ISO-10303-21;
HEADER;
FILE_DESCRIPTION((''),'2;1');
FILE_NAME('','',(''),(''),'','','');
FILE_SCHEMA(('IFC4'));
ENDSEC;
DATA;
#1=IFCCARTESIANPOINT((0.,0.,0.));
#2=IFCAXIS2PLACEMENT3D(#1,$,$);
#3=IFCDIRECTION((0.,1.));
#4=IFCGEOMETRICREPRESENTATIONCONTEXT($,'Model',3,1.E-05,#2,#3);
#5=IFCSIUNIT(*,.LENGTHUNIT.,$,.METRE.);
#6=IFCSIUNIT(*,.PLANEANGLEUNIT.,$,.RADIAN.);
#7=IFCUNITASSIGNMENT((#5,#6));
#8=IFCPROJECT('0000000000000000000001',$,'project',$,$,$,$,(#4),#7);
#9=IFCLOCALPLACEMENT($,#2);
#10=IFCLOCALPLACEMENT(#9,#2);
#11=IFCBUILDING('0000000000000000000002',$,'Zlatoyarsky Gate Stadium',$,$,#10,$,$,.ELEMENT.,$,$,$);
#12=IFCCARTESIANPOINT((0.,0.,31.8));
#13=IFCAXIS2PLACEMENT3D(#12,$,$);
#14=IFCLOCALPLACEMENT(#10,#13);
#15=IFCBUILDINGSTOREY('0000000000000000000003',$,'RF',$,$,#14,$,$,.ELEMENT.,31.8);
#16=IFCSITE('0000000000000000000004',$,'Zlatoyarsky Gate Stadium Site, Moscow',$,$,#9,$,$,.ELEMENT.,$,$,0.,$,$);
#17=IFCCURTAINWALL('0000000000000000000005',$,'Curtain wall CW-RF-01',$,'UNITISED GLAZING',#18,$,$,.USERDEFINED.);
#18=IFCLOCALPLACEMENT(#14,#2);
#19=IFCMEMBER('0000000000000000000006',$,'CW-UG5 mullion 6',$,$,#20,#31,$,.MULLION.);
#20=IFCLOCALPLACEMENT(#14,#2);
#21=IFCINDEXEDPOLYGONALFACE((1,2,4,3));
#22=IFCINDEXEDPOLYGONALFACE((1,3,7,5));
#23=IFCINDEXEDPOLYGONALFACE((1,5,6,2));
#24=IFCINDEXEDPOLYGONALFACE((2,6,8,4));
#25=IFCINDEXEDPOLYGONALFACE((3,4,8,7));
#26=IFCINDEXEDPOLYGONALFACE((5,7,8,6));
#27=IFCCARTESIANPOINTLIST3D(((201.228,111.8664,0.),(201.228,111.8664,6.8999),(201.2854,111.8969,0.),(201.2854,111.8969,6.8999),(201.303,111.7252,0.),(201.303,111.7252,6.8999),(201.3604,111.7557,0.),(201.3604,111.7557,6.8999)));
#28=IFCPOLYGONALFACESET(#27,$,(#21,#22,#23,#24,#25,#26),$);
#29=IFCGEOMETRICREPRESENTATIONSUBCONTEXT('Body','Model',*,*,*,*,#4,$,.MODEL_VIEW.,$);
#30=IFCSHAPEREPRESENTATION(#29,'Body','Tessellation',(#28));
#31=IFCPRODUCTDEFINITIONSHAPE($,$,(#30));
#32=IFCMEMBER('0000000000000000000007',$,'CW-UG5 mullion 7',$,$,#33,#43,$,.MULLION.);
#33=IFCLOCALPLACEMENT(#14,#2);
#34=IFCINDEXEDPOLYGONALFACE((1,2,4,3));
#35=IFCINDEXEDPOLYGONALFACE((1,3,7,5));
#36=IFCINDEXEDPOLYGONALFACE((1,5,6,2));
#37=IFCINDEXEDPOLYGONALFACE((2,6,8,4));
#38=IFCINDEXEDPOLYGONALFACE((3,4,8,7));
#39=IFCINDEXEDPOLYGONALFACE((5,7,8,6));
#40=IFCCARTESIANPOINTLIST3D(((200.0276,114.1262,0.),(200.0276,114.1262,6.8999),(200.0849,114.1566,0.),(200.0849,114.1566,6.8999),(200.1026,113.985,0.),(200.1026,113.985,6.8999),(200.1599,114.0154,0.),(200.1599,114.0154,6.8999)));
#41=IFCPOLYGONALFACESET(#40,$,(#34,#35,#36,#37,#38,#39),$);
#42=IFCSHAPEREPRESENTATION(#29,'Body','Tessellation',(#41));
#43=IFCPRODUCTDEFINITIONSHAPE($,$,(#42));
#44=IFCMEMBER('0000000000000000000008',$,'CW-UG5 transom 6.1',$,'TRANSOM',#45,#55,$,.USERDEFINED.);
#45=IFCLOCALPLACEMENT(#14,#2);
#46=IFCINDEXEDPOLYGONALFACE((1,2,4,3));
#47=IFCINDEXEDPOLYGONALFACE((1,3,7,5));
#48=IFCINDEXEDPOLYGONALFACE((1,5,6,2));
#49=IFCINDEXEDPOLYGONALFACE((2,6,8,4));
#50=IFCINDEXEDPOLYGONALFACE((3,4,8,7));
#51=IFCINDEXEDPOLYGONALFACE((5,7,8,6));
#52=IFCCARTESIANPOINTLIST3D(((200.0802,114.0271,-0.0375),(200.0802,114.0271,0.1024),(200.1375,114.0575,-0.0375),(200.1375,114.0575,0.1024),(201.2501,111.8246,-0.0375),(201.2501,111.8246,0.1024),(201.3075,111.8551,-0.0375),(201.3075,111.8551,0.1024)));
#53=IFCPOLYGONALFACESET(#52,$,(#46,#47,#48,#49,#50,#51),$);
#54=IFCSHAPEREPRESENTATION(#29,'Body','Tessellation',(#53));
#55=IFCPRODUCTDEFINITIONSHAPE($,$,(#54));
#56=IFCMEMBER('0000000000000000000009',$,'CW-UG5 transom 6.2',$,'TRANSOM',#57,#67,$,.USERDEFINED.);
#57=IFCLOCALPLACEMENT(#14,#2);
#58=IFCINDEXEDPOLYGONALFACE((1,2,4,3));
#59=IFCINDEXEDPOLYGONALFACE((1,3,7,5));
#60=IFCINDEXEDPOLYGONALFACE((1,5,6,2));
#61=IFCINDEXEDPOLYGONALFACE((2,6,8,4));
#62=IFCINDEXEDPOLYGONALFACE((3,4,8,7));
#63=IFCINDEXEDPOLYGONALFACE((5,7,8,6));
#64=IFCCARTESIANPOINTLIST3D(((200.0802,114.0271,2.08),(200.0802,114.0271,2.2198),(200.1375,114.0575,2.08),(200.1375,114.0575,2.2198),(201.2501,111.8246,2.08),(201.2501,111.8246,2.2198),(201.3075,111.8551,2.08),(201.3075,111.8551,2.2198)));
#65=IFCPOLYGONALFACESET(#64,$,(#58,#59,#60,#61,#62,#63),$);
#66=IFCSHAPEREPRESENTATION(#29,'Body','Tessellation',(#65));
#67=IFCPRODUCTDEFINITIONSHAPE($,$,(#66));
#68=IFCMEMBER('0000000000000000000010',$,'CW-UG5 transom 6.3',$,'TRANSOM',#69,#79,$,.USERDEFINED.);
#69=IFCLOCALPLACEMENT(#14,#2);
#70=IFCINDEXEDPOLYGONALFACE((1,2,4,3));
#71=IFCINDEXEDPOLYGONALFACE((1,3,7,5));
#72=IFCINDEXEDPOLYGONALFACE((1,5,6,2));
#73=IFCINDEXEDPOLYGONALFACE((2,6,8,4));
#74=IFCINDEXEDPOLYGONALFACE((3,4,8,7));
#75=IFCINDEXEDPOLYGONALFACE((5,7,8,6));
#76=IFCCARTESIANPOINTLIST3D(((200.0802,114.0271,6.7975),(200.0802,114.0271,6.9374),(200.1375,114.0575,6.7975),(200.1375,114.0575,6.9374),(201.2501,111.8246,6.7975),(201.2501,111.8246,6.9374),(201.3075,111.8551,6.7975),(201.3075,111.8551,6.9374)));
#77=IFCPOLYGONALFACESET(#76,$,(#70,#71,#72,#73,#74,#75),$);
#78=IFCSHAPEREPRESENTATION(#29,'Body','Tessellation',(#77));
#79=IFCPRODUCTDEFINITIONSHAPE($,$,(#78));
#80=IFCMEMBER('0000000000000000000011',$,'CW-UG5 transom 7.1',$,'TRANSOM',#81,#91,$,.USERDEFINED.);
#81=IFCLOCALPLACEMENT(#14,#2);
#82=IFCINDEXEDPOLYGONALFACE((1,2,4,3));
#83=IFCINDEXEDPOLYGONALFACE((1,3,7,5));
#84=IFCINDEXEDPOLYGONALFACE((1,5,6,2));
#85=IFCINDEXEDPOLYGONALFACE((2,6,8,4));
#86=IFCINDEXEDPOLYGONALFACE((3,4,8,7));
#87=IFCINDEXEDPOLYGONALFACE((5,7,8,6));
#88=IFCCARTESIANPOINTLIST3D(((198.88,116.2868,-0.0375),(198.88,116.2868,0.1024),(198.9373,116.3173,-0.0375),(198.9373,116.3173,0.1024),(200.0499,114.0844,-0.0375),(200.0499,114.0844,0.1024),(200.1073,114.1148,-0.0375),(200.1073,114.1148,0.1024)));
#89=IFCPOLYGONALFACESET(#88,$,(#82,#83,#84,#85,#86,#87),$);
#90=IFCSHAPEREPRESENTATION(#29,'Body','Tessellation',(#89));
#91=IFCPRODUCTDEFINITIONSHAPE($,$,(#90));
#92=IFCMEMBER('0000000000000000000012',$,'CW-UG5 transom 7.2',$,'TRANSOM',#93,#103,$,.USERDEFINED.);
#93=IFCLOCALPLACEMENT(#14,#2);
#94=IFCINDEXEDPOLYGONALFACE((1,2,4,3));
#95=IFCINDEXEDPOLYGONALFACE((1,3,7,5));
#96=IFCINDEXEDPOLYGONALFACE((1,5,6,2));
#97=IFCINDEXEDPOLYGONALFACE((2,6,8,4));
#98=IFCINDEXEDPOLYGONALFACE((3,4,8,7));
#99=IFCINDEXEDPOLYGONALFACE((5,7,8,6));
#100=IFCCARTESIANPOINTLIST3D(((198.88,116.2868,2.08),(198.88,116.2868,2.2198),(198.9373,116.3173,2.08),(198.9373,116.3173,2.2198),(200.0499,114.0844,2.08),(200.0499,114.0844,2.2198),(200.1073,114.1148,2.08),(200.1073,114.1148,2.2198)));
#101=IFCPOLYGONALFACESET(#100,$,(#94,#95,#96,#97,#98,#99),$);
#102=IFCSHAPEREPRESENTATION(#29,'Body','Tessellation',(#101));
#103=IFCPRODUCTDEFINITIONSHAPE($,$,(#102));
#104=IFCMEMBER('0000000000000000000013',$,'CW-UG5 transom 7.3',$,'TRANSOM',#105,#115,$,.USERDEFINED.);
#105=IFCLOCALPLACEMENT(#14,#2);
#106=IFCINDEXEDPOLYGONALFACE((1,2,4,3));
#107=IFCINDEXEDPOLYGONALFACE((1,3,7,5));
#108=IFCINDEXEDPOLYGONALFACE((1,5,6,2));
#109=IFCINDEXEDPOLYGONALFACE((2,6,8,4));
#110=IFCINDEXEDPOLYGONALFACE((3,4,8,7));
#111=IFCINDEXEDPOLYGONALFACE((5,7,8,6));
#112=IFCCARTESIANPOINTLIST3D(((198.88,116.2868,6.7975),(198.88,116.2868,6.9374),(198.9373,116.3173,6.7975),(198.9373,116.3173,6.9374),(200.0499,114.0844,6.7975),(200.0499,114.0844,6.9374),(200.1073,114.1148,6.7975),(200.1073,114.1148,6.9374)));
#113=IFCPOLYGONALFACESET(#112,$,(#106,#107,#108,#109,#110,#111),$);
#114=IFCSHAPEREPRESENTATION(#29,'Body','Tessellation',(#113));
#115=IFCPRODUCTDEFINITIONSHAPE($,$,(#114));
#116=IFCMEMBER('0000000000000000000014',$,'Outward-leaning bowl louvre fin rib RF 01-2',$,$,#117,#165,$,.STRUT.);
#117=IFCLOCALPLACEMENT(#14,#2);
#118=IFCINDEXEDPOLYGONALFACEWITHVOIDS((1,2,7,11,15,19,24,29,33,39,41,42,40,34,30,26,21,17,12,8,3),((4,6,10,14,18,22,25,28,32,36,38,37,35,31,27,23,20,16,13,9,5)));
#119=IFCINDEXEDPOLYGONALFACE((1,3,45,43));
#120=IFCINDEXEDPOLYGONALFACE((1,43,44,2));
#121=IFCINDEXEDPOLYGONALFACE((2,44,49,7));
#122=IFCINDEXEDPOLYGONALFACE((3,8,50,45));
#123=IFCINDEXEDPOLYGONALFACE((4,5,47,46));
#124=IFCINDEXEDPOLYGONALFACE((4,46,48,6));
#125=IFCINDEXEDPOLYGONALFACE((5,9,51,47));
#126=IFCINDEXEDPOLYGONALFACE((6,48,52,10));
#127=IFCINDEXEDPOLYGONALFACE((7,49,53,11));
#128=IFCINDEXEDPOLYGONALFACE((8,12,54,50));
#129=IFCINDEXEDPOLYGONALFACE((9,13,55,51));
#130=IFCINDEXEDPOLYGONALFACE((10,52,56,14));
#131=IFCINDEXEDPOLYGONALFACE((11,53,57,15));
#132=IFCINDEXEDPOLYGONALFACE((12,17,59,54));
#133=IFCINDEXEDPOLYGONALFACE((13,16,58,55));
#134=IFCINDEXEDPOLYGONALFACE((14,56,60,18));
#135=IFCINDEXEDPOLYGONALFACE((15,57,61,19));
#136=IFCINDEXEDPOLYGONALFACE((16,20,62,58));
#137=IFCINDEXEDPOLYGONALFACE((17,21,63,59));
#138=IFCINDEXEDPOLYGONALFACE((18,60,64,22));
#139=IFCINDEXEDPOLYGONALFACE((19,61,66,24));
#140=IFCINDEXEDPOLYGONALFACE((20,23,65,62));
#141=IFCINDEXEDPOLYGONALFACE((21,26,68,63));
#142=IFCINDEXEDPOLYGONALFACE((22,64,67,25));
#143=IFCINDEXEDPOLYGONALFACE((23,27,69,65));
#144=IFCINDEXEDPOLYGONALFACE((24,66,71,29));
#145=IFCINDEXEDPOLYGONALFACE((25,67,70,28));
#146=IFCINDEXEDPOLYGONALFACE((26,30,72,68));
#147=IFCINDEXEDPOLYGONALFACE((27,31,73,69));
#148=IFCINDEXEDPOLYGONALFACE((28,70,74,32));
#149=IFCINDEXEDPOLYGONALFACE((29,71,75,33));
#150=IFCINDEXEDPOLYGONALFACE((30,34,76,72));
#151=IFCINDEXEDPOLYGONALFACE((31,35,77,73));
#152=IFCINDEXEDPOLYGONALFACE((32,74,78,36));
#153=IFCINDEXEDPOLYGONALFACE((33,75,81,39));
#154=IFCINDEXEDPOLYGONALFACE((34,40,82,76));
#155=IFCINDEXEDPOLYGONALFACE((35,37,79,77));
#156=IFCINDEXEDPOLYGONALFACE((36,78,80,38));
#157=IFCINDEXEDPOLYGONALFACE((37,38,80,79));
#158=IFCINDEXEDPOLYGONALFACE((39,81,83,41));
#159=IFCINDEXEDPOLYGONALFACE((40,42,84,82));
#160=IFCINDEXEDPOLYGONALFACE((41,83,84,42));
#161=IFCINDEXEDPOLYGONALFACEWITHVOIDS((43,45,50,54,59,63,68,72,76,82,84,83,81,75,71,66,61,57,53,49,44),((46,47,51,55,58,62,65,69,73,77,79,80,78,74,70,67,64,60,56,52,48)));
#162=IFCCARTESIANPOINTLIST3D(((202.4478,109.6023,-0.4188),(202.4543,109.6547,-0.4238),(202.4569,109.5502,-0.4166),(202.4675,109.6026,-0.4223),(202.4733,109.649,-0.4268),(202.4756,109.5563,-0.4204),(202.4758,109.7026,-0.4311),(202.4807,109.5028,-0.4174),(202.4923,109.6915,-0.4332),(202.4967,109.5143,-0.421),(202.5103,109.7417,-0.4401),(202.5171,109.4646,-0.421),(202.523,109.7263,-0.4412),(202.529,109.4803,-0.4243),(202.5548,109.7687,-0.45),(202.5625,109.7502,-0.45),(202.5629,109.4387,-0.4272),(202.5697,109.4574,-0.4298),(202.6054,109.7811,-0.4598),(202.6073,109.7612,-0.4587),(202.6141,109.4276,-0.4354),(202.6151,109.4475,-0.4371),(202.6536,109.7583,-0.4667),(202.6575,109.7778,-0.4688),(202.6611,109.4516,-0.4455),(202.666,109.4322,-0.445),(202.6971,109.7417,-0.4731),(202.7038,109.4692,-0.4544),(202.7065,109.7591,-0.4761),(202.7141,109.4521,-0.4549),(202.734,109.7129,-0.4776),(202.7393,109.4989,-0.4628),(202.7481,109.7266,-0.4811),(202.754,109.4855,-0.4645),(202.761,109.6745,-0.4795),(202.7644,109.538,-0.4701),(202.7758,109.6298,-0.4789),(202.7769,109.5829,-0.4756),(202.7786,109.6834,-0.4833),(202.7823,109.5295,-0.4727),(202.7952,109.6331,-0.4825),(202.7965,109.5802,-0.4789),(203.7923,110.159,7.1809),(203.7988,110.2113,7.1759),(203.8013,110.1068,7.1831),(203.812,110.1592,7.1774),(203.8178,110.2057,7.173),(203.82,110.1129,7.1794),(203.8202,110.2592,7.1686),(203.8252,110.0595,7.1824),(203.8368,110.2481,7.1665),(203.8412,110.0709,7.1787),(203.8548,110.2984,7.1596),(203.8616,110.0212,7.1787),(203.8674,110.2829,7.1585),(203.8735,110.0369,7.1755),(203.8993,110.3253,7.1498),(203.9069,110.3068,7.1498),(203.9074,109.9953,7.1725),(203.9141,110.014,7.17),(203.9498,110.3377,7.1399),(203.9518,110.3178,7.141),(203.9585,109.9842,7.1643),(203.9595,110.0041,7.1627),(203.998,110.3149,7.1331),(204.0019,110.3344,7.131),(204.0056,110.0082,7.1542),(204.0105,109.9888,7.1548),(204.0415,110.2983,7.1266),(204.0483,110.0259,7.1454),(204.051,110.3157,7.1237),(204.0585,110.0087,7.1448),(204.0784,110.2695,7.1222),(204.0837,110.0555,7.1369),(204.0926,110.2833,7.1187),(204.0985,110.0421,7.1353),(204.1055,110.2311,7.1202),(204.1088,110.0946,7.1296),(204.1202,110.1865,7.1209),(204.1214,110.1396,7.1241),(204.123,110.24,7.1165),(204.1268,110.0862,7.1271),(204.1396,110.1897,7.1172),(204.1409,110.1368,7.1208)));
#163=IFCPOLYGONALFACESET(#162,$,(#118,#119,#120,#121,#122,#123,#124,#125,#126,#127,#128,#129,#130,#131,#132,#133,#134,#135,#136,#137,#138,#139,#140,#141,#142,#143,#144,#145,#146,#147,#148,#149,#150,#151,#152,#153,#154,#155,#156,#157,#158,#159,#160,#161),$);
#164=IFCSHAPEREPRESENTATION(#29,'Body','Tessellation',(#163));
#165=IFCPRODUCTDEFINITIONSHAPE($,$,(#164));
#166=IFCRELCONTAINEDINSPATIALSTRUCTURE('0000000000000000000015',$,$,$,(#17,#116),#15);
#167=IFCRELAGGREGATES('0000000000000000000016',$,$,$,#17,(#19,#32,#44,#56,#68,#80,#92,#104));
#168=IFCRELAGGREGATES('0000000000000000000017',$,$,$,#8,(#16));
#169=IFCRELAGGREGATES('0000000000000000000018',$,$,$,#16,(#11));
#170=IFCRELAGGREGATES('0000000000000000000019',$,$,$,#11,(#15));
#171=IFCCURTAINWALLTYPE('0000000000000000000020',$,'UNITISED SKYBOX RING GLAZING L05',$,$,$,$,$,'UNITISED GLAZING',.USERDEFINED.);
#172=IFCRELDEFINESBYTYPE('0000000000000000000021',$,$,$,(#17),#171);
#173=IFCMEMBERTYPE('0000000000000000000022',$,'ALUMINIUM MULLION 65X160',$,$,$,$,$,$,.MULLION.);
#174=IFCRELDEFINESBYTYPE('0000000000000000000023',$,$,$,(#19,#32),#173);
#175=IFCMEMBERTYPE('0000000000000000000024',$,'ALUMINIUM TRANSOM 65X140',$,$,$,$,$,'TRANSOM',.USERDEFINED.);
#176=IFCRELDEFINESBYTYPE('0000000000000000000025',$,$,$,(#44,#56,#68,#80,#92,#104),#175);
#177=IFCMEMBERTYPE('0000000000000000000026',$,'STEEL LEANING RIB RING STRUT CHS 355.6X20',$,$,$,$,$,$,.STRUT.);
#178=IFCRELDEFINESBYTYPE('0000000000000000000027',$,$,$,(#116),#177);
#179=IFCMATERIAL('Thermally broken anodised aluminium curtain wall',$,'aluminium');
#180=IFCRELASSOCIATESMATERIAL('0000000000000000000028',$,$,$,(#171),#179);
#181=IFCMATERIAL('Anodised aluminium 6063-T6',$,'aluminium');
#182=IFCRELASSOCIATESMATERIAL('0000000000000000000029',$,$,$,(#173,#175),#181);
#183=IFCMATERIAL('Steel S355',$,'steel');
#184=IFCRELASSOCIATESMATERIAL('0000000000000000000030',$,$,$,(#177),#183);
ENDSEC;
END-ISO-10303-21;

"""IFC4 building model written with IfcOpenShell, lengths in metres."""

from ifc_helpers import new_model, si_unit, direction, frame, origin, origin_2d, place, context, subcontext, project, spatial, rectangle, hollow_circle, extrude, material, material_profile, profile_set, type_object, element, aggregate, save


model = new_model("IFC4")

# Units and contexts
model_context = context("Model", 3, precision=1e-05, world=origin(), true_north=direction((0.0, 1.0)))
body_context = subcontext(model_context, "Body", "Model", "MODEL_VIEW")
ifc_project = project(units=[si_unit("LENGTHUNIT", "METRE"), si_unit("PLANEANGLEUNIT", "RADIAN")], contexts=[model_context])

# Site, building, storey
site_placement = place(None, origin())
site = spatial("IfcSite", under=ifc_project, at=site_placement, Name="Zlatoyarsky Gate Stadium Site, Moscow", CompositionType="ELEMENT", RefElevation=0.0)
building_placement = place(site_placement, origin())
building = spatial("IfcBuilding", under=site, at=building_placement, Name="Zlatoyarsky Gate Stadium", CompositionType="ELEMENT")
storey_placement = place(building_placement, frame((0.0, 0.0, 31.8)))
storey = spatial("IfcBuildingStorey", under=building, at=storey_placement, Name="RF", CompositionType="ELEMENT", Elevation=31.8)

# Curtain wall, members
ifc_material_1 = material(Name="Thermally broken anodised aluminium curtain wall", Category="aluminium")
curtain_wall_type = type_object("IfcCurtainWallType", Name="UNITISED SKYBOX RING GLAZING L05", ElementType="UNITISED GLAZING", PredefinedType="USERDEFINED", material=ifc_material_1)
curtain_wall_placement = place(storey_placement, origin())
curtain_wall = element("IfcCurtainWall", 1, at=curtain_wall_placement, inside=storey, type_object=curtain_wall_type, Name="Curtain wall CW-RF-01", ObjectType="UNITISED GLAZING", PredefinedType="USERDEFINED")
ifc_material_2 = material(Name="Anodised aluminium 6063-T6", Category="aluminium")
ifc_material_profile_1 = material_profile(ifc_material_2, rectangle(XDim=0.0649, YDim=0.1599, at=origin_2d()), Name="ALU 65X160")
ifc_profile_set_1 = profile_set([ifc_material_profile_1], Name="Anodised aluminium 6063-T6")
member_type_1 = type_object("IfcMemberType", Name="ALUMINIUM MULLION 65X160", PredefinedType="MULLION", material=ifc_profile_set_1)
member_1_placement = place(storey_placement, frame((201.2942, 111.811, 0.0), z_axis=(0.0, 0.0, 1.0), x_axis=(-0.883131, -0.469127, 0.0)))
member_1 = element("IfcMember", 2, at=member_1_placement, type_object=member_type_1, Name="CW-UG5 mullion 6", PredefinedType="MULLION", context=body_context, shape_type="SweptSolid", body=[
    extrude(rectangle(XDim=0.0649, YDim=0.1599, at=origin_2d()), origin(), (0.0, 0.0, 1.0), 6.8999),
])
member_2_placement = place(storey_placement, frame((200.0938, 114.0708, 0.0), z_axis=(0.0, 0.0, 1.0), x_axis=(-0.883131, -0.469127, 0.0)))
member_2 = element("IfcMember", 3, at=member_2_placement, type_object=member_type_1, Name="CW-UG5 mullion 7", PredefinedType="MULLION", context=body_context, shape_type="SweptSolid", body=[
    extrude(rectangle(XDim=0.0649, YDim=0.1599, at=origin_2d()), origin(), (0.0, 0.0, 1.0), 6.8999),
])
ifc_material_profile_2 = material_profile(ifc_material_2, rectangle(XDim=0.0649, YDim=0.1399, at=origin_2d()), Name="ALU 65X140")
ifc_profile_set_2 = profile_set([ifc_material_profile_2], Name="Anodised aluminium 6063-T6")
member_type_2 = type_object("IfcMemberType", Name="ALUMINIUM TRANSOM 65X140", ElementType="TRANSOM", PredefinedType="USERDEFINED", material=ifc_profile_set_2)
member_3_placement = place(storey_placement, frame((201.2788, 111.8398, 0.0325), z_axis=(-0.469124, 0.883132, 0.0), x_axis=(-0.883132, -0.469124, 0.0)))
member_3 = element("IfcMember", 4, at=member_3_placement, type_object=member_type_2, Name="CW-UG5 transom 6.1", ObjectType="TRANSOM", PredefinedType="USERDEFINED", context=body_context, shape_type="SweptSolid", body=[
    extrude(rectangle(XDim=0.0649, YDim=0.1399, at=origin_2d()), origin(), (0.0, 0.0, 1.0), 2.4939),
])
member_4_placement = place(storey_placement, frame((201.2788, 111.8398, 2.1499), z_axis=(-0.469124, 0.883132, 0.0), x_axis=(-0.883132, -0.469124, 0.0)))
member_4 = element("IfcMember", 5, at=member_4_placement, type_object=member_type_2, Name="CW-UG5 transom 6.2", ObjectType="TRANSOM", PredefinedType="USERDEFINED", context=body_context, shape_type="SweptSolid", body=[
    extrude(rectangle(XDim=0.0649, YDim=0.1399, at=origin_2d()), origin(), (0.0, 0.0, 1.0), 2.4939),
])
member_5_placement = place(storey_placement, frame((201.2788, 111.8398, 6.8674), z_axis=(-0.469124, 0.883132, 0.0), x_axis=(-0.883132, -0.469124, 0.0)))
member_5 = element("IfcMember", 6, at=member_5_placement, type_object=member_type_2, Name="CW-UG5 transom 6.3", ObjectType="TRANSOM", PredefinedType="USERDEFINED", context=body_context, shape_type="SweptSolid", body=[
    extrude(rectangle(XDim=0.0649, YDim=0.1399, at=origin_2d()), origin(), (0.0, 0.0, 1.0), 2.4939),
])
member_6_placement = place(storey_placement, frame((200.0786, 114.0996, 0.0325), z_axis=(-0.469124, 0.883132, 0.0), x_axis=(-0.883132, -0.469124, 0.0)))
member_6 = element("IfcMember", 7, at=member_6_placement, type_object=member_type_2, Name="CW-UG5 transom 7.1", ObjectType="TRANSOM", PredefinedType="USERDEFINED", context=body_context, shape_type="SweptSolid", body=[
    extrude(rectangle(XDim=0.0649, YDim=0.1399, at=origin_2d()), origin(), (0.0, 0.0, 1.0), 2.4939),
])
member_7_placement = place(storey_placement, frame((200.0786, 114.0996, 2.1499), z_axis=(-0.469124, 0.883132, 0.0), x_axis=(-0.883132, -0.469124, 0.0)))
member_7 = element("IfcMember", 8, at=member_7_placement, type_object=member_type_2, Name="CW-UG5 transom 7.2", ObjectType="TRANSOM", PredefinedType="USERDEFINED", context=body_context, shape_type="SweptSolid", body=[
    extrude(rectangle(XDim=0.0649, YDim=0.1399, at=origin_2d()), origin(), (0.0, 0.0, 1.0), 2.4939),
])
member_8_placement = place(storey_placement, frame((200.0786, 114.0996, 6.8674), z_axis=(-0.469124, 0.883132, 0.0), x_axis=(-0.883132, -0.469124, 0.0)))
member_8 = element("IfcMember", 9, at=member_8_placement, type_object=member_type_2, Name="CW-UG5 transom 7.3", ObjectType="TRANSOM", PredefinedType="USERDEFINED", context=body_context, shape_type="SweptSolid", body=[
    extrude(rectangle(XDim=0.0649, YDim=0.1399, at=origin_2d()), origin(), (0.0, 0.0, 1.0), 2.4939),
])

# Member
ifc_material_3 = material(Name="Steel S355", Category="steel")
ifc_material_profile_3 = material_profile(ifc_material_3, hollow_circle(Radius=0.1777, WallThickness=0.02, at=origin_2d()), Name="CHS 355.6X20")
ifc_profile_set_3 = profile_set([ifc_material_profile_3], Name="Steel S355")
member_type_3 = type_object("IfcMemberType", Name="STEEL LEANING RIB RING STRUT CHS 355.6X20", PredefinedType="STRUT", material=ifc_profile_set_3)
member_9_placement = place(storey_placement, frame((202.6228, 109.6045, -0.45), z_axis=(0.173753, 0.071937, 0.982158), x_axis=(-0.38253, 0.923943, 0.0)))
element("IfcMember", 10, at=member_9_placement, inside=storey, type_object=member_type_3, Name="Outward-leaning bowl louvre fin rib RF 01-2", PredefinedType="STRUT", context=body_context, shape_type="SweptSolid", body=[
    extrude(hollow_circle(Radius=0.1777, WallThickness=0.02, at=origin_2d()), origin(), (0.0, 0.0, 1.0), 7.7378),
])

aggregate(curtain_wall, [member_1, member_2, member_3, member_4, member_5, member_6, member_7, member_8])

save(model, "model.ifc")
